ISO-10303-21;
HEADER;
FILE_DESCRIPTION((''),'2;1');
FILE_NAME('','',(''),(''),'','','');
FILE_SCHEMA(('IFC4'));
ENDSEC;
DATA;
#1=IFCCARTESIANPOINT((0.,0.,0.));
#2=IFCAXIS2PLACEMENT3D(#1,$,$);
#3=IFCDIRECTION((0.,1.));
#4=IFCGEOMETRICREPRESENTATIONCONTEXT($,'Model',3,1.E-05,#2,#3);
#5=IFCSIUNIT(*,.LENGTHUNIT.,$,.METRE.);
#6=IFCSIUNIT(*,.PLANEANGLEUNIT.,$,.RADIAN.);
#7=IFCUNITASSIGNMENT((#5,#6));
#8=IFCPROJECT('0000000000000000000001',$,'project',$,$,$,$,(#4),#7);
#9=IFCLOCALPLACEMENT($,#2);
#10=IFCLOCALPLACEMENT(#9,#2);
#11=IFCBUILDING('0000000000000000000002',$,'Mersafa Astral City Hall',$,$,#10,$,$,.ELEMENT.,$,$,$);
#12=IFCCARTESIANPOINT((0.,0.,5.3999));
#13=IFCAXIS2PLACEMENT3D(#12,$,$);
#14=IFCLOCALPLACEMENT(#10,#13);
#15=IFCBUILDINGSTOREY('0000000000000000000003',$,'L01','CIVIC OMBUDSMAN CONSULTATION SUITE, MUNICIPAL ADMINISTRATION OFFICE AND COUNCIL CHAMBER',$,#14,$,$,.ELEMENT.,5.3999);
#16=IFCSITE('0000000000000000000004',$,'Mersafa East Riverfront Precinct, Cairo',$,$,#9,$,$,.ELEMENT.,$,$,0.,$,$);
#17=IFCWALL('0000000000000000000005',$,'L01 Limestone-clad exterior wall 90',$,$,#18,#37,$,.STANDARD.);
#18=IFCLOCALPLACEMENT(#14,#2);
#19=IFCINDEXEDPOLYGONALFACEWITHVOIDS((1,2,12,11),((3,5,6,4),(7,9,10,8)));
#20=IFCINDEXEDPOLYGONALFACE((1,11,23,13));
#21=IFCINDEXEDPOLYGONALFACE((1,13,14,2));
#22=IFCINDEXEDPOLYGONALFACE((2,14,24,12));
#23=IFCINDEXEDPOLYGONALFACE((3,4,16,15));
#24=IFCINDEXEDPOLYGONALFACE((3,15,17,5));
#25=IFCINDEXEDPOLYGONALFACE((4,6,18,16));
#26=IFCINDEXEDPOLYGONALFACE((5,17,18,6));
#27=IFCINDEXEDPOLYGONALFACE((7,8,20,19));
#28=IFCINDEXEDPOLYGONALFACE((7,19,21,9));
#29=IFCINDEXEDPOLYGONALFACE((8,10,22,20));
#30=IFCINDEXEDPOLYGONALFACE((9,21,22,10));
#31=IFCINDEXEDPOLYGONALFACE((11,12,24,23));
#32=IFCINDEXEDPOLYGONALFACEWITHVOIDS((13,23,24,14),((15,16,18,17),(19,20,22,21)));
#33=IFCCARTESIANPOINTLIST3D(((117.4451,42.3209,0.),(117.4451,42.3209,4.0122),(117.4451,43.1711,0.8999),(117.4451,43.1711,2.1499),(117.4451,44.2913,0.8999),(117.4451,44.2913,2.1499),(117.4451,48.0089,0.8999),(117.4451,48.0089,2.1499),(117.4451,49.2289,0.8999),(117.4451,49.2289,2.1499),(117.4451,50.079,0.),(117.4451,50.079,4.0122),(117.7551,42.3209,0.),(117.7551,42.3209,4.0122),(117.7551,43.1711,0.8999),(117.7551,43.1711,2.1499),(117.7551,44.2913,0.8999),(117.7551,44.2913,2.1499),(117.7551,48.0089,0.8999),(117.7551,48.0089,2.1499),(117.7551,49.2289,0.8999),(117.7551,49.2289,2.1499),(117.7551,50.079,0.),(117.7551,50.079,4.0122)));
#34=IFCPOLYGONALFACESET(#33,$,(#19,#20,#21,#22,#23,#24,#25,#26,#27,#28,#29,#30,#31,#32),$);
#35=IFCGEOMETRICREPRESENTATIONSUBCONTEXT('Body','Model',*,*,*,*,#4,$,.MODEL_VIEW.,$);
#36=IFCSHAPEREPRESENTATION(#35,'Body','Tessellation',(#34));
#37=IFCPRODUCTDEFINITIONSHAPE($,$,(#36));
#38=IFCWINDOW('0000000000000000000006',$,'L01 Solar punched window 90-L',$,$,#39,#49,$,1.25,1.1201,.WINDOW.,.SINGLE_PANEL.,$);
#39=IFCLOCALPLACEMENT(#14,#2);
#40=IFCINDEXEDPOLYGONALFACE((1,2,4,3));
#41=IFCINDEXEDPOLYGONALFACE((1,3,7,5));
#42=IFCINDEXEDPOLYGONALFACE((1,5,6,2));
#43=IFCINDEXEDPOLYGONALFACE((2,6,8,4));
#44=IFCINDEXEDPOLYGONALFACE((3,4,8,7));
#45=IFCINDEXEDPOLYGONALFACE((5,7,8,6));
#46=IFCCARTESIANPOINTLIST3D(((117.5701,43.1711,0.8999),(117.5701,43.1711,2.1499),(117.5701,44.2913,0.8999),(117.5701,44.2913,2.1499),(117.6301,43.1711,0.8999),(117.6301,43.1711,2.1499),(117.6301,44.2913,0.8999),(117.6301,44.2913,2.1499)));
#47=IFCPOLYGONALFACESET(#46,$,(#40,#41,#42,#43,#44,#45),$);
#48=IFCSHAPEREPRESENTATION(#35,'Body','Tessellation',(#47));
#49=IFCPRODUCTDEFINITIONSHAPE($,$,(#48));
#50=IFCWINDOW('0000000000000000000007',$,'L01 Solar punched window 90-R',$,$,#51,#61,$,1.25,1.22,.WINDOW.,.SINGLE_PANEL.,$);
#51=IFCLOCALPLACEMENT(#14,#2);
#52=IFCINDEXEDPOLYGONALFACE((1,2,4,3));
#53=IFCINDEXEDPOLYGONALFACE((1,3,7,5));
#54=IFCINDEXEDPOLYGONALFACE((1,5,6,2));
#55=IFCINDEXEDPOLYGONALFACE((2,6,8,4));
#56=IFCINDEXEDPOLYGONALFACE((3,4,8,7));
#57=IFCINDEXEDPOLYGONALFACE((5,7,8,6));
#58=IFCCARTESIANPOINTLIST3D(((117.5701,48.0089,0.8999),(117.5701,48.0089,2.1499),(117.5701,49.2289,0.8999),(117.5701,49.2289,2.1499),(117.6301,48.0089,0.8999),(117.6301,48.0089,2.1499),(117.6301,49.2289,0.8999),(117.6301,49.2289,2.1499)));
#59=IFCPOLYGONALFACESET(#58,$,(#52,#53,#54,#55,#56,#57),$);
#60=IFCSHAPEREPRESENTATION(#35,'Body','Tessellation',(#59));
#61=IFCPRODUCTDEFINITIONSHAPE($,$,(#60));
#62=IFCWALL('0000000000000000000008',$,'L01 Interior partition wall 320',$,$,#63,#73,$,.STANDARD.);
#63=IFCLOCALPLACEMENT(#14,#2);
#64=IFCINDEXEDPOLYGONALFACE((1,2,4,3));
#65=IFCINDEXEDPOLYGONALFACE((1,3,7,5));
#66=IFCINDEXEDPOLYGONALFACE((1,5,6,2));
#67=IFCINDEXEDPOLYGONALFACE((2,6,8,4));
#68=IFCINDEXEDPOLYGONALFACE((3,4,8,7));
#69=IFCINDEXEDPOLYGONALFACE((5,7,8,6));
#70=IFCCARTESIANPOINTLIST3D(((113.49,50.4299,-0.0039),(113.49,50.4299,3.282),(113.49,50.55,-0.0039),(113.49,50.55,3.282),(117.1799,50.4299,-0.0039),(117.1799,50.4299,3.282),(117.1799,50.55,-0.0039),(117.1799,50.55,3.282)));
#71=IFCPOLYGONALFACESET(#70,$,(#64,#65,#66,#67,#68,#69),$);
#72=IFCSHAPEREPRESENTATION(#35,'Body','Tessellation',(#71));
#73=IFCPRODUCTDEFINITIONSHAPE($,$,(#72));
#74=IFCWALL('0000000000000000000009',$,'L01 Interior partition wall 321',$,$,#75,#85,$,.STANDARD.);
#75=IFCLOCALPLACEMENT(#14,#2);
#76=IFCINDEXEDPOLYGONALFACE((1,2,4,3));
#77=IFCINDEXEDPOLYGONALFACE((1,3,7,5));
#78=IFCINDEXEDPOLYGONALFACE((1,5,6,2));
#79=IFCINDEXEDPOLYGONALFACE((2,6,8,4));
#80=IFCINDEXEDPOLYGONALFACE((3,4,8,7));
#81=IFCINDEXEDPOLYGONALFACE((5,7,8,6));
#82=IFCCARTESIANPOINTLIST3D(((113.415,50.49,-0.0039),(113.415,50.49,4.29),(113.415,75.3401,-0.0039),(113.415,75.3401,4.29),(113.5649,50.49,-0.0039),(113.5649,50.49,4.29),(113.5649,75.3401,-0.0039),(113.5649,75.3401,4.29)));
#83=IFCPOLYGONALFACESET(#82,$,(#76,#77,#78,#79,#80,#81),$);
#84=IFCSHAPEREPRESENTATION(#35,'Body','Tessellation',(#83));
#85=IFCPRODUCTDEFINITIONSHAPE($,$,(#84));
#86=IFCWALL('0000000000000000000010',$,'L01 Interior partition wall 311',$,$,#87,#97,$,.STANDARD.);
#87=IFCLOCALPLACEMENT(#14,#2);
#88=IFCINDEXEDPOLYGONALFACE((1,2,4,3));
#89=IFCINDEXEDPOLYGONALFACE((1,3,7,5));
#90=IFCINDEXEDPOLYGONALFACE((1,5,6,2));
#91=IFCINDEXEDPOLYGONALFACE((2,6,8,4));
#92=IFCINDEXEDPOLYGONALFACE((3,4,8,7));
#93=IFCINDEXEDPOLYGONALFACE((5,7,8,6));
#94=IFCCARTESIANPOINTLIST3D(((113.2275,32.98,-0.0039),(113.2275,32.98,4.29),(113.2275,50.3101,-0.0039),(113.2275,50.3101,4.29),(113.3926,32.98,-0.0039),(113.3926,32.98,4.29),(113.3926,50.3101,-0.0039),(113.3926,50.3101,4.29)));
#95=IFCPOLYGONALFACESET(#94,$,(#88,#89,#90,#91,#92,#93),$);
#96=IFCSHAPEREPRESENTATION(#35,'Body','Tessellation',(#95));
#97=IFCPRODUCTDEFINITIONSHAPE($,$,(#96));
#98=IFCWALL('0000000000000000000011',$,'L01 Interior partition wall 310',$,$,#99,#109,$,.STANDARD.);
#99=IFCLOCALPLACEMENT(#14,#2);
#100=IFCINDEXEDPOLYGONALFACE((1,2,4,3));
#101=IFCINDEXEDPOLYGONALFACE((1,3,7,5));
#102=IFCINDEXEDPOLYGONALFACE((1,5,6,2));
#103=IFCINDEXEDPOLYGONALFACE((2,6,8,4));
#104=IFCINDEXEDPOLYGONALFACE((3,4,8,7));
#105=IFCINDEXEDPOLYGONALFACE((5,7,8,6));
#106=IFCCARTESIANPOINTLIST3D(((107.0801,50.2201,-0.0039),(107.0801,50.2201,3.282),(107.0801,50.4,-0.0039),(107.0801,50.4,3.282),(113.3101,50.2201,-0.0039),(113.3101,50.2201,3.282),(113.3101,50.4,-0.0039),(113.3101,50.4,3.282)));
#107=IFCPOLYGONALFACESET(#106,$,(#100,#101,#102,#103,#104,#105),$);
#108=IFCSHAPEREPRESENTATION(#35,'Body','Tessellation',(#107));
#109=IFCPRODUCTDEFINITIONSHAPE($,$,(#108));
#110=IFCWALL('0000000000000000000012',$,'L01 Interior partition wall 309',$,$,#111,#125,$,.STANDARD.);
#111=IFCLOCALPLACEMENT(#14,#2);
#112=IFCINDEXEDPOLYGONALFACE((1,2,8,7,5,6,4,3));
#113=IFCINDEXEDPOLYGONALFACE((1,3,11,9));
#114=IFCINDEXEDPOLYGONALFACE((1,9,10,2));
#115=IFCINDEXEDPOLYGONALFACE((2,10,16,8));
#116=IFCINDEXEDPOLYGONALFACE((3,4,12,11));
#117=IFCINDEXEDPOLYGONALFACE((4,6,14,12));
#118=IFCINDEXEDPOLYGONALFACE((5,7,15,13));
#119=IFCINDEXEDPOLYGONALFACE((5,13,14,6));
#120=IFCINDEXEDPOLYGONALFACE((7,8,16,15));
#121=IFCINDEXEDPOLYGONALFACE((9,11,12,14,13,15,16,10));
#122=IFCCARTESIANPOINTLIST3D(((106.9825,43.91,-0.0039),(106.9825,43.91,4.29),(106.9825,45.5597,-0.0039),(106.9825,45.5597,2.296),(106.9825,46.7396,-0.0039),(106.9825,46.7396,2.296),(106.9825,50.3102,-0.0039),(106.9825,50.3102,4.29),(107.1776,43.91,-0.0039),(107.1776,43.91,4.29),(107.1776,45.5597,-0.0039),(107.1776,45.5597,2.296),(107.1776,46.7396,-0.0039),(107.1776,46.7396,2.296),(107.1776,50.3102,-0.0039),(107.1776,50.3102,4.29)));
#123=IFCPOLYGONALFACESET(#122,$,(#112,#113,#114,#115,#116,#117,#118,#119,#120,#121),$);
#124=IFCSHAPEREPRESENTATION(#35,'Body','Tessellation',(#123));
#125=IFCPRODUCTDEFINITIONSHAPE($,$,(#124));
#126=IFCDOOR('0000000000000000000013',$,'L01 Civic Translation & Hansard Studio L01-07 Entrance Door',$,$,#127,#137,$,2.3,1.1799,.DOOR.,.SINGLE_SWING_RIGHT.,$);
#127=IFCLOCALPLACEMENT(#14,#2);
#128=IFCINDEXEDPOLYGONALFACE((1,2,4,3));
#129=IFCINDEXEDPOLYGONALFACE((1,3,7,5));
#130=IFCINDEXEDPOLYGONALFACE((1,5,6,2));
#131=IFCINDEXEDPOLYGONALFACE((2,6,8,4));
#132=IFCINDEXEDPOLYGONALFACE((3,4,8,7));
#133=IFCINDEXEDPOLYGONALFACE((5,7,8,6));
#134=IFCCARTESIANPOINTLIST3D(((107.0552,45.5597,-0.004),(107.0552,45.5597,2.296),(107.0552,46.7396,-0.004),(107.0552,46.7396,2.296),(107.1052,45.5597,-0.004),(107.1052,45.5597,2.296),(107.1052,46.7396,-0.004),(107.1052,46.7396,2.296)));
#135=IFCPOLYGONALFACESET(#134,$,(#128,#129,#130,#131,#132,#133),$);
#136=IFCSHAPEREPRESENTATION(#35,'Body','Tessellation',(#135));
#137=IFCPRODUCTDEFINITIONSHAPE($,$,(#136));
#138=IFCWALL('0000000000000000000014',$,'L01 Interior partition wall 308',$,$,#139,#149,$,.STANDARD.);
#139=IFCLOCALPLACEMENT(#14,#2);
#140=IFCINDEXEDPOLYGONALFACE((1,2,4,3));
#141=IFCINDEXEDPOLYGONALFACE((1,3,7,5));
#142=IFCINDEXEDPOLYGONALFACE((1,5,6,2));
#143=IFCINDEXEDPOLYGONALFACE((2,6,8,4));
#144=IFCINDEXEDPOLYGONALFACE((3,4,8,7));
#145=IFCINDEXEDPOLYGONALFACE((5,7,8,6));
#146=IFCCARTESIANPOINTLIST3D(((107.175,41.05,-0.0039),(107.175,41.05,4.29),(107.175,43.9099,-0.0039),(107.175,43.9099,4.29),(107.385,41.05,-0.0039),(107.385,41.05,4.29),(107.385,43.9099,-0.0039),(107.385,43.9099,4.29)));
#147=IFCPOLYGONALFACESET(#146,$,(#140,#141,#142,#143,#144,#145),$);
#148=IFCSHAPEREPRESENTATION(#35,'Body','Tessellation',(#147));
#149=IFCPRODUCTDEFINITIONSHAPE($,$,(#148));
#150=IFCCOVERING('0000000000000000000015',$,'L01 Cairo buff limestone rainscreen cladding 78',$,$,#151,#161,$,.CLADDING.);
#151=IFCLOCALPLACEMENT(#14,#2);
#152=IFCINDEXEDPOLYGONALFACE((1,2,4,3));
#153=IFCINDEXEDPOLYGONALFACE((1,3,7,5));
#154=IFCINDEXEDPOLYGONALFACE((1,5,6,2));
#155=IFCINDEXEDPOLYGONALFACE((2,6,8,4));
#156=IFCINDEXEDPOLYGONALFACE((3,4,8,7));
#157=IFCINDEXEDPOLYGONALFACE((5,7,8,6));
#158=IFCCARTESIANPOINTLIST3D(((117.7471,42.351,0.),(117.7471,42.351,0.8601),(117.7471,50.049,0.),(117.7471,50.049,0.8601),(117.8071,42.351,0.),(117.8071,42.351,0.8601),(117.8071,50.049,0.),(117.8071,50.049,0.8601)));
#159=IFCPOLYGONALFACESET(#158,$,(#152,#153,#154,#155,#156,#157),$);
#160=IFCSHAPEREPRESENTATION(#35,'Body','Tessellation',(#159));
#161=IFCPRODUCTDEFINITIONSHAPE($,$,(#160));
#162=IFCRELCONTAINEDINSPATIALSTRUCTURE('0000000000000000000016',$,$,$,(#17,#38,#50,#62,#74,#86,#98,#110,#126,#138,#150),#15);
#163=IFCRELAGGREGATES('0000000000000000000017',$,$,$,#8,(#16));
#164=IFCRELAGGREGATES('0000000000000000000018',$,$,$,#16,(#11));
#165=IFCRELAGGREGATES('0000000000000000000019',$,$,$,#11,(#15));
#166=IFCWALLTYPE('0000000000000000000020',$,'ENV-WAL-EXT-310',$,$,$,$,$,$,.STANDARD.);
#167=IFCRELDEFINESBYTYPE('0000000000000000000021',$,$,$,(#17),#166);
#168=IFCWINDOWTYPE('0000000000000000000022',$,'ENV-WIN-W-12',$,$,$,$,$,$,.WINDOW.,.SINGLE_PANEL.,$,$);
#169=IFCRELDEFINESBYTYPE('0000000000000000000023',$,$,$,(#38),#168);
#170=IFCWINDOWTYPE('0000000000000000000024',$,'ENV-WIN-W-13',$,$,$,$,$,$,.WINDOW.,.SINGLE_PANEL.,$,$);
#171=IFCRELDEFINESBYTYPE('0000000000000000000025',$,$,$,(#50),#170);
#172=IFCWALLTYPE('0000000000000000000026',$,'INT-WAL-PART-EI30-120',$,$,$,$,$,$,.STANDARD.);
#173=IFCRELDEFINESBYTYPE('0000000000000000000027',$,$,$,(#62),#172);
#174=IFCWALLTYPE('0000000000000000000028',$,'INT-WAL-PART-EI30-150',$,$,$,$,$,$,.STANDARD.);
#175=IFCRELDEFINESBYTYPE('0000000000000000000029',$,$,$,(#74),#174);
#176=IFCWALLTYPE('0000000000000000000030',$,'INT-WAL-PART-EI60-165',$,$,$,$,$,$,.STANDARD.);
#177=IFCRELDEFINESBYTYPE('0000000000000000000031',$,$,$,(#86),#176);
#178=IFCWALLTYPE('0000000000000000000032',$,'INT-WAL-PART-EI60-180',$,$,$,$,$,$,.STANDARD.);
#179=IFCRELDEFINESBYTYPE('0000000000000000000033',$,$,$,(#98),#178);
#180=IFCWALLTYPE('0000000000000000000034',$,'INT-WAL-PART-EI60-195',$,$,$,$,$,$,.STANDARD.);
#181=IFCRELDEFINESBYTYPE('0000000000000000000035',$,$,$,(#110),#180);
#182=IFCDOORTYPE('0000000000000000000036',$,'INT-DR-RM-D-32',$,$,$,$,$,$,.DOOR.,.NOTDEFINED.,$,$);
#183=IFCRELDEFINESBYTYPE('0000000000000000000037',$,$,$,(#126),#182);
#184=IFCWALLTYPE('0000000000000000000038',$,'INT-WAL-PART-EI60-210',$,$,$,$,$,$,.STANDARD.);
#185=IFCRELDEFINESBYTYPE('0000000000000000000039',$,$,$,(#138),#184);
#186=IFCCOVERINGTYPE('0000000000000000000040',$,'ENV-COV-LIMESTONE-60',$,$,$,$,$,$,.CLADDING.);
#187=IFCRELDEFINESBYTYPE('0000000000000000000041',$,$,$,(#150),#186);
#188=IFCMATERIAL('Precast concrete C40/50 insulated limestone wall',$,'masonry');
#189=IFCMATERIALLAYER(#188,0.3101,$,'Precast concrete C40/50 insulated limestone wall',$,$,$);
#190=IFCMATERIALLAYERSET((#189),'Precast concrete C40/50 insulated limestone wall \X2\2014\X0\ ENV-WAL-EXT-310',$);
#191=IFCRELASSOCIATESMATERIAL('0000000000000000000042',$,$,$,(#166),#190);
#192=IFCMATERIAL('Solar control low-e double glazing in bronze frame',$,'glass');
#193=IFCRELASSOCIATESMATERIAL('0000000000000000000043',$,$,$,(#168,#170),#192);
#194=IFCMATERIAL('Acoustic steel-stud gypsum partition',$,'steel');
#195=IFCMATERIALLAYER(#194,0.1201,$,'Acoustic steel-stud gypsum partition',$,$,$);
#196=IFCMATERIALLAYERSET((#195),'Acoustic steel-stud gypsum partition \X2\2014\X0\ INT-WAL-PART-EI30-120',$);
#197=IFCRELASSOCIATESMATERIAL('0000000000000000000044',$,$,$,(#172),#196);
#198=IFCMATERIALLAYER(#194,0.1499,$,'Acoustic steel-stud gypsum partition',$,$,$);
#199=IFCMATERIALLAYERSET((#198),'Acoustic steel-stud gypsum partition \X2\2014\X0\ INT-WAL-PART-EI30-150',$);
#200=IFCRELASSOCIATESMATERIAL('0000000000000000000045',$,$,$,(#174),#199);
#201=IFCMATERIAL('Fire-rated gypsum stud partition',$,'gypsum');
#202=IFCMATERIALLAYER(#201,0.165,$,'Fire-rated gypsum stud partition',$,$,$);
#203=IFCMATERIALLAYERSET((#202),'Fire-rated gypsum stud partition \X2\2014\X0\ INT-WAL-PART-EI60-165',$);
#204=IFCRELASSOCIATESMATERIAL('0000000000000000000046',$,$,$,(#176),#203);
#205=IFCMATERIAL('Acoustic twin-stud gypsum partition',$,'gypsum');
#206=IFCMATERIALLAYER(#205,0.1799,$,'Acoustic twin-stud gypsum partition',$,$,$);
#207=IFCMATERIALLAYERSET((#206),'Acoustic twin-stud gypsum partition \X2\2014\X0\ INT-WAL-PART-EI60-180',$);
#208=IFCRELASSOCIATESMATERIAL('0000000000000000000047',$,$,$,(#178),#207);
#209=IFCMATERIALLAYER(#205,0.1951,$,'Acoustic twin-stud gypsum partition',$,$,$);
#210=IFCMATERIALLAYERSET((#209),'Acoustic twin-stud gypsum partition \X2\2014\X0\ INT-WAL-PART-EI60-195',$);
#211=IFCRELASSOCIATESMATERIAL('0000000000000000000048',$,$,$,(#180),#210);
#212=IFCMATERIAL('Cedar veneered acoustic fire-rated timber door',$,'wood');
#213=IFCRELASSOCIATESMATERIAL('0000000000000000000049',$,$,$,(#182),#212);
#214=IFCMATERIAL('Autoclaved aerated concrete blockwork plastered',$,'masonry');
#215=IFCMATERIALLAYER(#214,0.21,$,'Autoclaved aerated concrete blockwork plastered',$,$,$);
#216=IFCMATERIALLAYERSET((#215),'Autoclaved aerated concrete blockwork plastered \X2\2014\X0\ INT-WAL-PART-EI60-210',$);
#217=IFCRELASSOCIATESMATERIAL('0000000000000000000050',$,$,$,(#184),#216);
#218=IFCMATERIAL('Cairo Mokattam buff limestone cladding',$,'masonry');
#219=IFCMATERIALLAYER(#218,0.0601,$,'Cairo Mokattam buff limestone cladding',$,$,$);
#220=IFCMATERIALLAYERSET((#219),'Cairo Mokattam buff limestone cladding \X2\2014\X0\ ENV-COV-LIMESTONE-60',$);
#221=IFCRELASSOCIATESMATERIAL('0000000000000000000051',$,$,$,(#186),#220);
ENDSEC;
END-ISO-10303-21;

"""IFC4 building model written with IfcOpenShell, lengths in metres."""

from ifc_helpers import new_model, si_unit, direction, frame, frame_2d, origin, origin_2d, place, context, subcontext, project, spatial, rectangle, extrude, material, layer, layer_set, type_object, element, fill, save


model = new_model("IFC4")

# Units and contexts
model_context = context("Model", 3, precision=1e-05, world=origin(), true_north=direction((0.0, 1.0)))
body_context = subcontext(model_context, "Body", "Model", "MODEL_VIEW")
ifc_project = project(units=[si_unit("LENGTHUNIT", "METRE"), si_unit("PLANEANGLEUNIT", "RADIAN")], contexts=[model_context])

# Site, building, storey
site_placement = place(None, origin())
site = spatial("IfcSite", under=ifc_project, at=site_placement, Name="Mersafa East Riverfront Precinct, Cairo", CompositionType="ELEMENT", RefElevation=0.0)
building_placement = place(site_placement, origin())
building = spatial("IfcBuilding", under=site, at=building_placement, Name="Mersafa Astral City Hall", CompositionType="ELEMENT")
storey_placement = place(building_placement, frame((0.0, 0.0, 5.3999)))
storey = spatial("IfcBuildingStorey", under=building, at=storey_placement, Name="L01", Description="CIVIC OMBUDSMAN CONSULTATION SUITE, MUNICIPAL ADMINISTRATION OFFICE AND COUNCIL CHAMBER", CompositionType="ELEMENT", Elevation=5.3999)

# Wall, openings, windows
ifc_material_1 = material(Name="Precast concrete C40/50 insulated limestone wall", Category="masonry")
ifc_layer_1 = layer(ifc_material_1, 0.3101, Name="Precast concrete C40/50 insulated limestone wall")
ifc_layer_set_1 = layer_set([ifc_layer_1], Name="Precast concrete C40/50 insulated limestone wall — ENV-WAL-EXT-310")
wall_type_1 = type_object("IfcWallType", Name="ENV-WAL-EXT-310", PredefinedType="STANDARD", material=ifc_layer_set_1)
wall_1_placement = place(storey_placement, frame((117.6001, 42.321, 0.0), z_axis=(0.0, 0.0, 1.0), x_axis=(0.0, 1.0, 0.0)))
wall_1 = element("IfcWall", 1, at=wall_1_placement, inside=storey, type_object=wall_type_1, Name="L01 Limestone-clad exterior wall 90", PredefinedType="STANDARD", context=body_context, shape_type="SweptSolid", body=[
    extrude(rectangle(XDim=7.7581, YDim=0.3101, at=frame_2d((3.8789, 0.0))), origin(), (0.0, 0.0, 1.0), 4.0122),
])
opening_1_placement = place(wall_1_placement, frame((0.8501, 0.0, 0.8999)))
opening_1 = element("IfcOpeningElement", 2, at=opening_1_placement, cuts=wall_1, PredefinedType="OPENING", context=body_context, shape_type="SweptSolid", body=[
    extrude(rectangle(XDim=1.1201, YDim=1.25, at=frame_2d((0.5601, 0.625))), frame((0.0, 0.165, 0.0), z_axis=(0.0, -1.0, 0.0), x_axis=(1.0, 0.0, 0.0)), (0.0, 0.0, 1.0), 0.3301),
])
opening_2_placement = place(wall_1_placement, frame((5.688, 0.0, 0.8999)))
opening_2 = element("IfcOpeningElement", 3, at=opening_2_placement, cuts=wall_1, PredefinedType="OPENING", context=body_context, shape_type="SweptSolid", body=[
    extrude(rectangle(XDim=1.22, YDim=1.25, at=frame_2d((0.6099, 0.625))), frame((0.0, 0.165, 0.0), z_axis=(0.0, -1.0, 0.0), x_axis=(1.0, 0.0, 0.0)), (0.0, 0.0, 1.0), 0.3301),
])
ifc_material_2 = material(Name="Solar control low-e double glazing in bronze frame", Category="glass")
window_type_1 = type_object("IfcWindowType", Name="ENV-WIN-W-12", PartitioningType="SINGLE_PANEL", PredefinedType="WINDOW", material=ifc_material_2)
window_1_placement = place(opening_1_placement, origin())
window_1 = element("IfcWindow", 4, at=window_1_placement, inside=storey, type_object=window_type_1, Name="L01 Solar punched window 90-L", OverallHeight=1.25, OverallWidth=1.1201, PartitioningType="SINGLE_PANEL", PredefinedType="WINDOW", context=body_context, shape_type="SweptSolid", body=[
    extrude(rectangle(XDim=1.1201, YDim=1.25, at=frame_2d((0.5601, 0.625))), frame((0.0, 0.03, 0.0), z_axis=(0.0, -1.0, 0.0), x_axis=(1.0, 0.0, 0.0)), (0.0, 0.0, 1.0), 0.0601),
])
fill(opening_1, window_1)
window_type_2 = type_object("IfcWindowType", Name="ENV-WIN-W-13", PartitioningType="SINGLE_PANEL", PredefinedType="WINDOW", material=ifc_material_2)
window_2_placement = place(opening_2_placement, origin())
window_2 = element("IfcWindow", 5, at=window_2_placement, inside=storey, type_object=window_type_2, Name="L01 Solar punched window 90-R", OverallHeight=1.25, OverallWidth=1.22, PartitioningType="SINGLE_PANEL", PredefinedType="WINDOW", context=body_context, shape_type="SweptSolid", body=[
    extrude(rectangle(XDim=1.22, YDim=1.25, at=frame_2d((0.6099, 0.625))), frame((0.0, 0.03, 0.0), z_axis=(0.0, -1.0, 0.0), x_axis=(1.0, 0.0, 0.0)), (0.0, 0.0, 1.0), 0.0601),
])
fill(opening_2, window_2)

# Walls
ifc_material_3 = material(Name="Acoustic steel-stud gypsum partition", Category="steel")
ifc_layer_2 = layer(ifc_material_3, 0.1201, Name="Acoustic steel-stud gypsum partition")
ifc_layer_set_2 = layer_set([ifc_layer_2], Name="Acoustic steel-stud gypsum partition — INT-WAL-PART-EI30-120")
wall_type_2 = type_object("IfcWallType", Name="INT-WAL-PART-EI30-120", PredefinedType="STANDARD", material=ifc_layer_set_2)
wall_2_placement = place(storey_placement, frame((117.1799, 50.49, -0.0039), z_axis=(0.0, 0.0, 1.0), x_axis=(-1.0, 0.0, 0.0)))
element("IfcWall", 6, at=wall_2_placement, inside=storey, type_object=wall_type_2, Name="L01 Interior partition wall 320", PredefinedType="STANDARD", context=body_context, shape_type="SweptSolid", body=[
    extrude(rectangle(XDim=3.6899, YDim=0.1201, at=frame_2d((1.845, 0.0))), origin(), (0.0, 0.0, 1.0), 3.2859),
])
ifc_layer_3 = layer(ifc_material_3, 0.1499, Name="Acoustic steel-stud gypsum partition")
ifc_layer_set_3 = layer_set([ifc_layer_3], Name="Acoustic steel-stud gypsum partition — INT-WAL-PART-EI30-150")
wall_type_3 = type_object("IfcWallType", Name="INT-WAL-PART-EI30-150", PredefinedType="STANDARD", material=ifc_layer_set_3)
wall_3_placement = place(storey_placement, frame((113.49, 50.49, -0.0039), z_axis=(0.0, 0.0, 1.0), x_axis=(0.0, 1.0, 0.0)))
element("IfcWall", 7, at=wall_3_placement, inside=storey, type_object=wall_type_3, Name="L01 Interior partition wall 321", PredefinedType="STANDARD", context=body_context, shape_type="SweptSolid", body=[
    extrude(rectangle(XDim=24.8501, YDim=0.1499, at=frame_2d((12.425, 0.0))), origin(), (0.0, 0.0, 1.0), 4.2939),
])
ifc_material_4 = material(Name="Fire-rated gypsum stud partition", Category="gypsum")
ifc_layer_4 = layer(ifc_material_4, 0.165, Name="Fire-rated gypsum stud partition")
ifc_layer_set_4 = layer_set([ifc_layer_4], Name="Fire-rated gypsum stud partition — INT-WAL-PART-EI60-165")
wall_type_4 = type_object("IfcWallType", Name="INT-WAL-PART-EI60-165", PredefinedType="STANDARD", material=ifc_layer_set_4)
wall_4_placement = place(storey_placement, frame((113.3101, 50.3101, -0.0039), z_axis=(0.0, 0.0, 1.0), x_axis=(0.0, -1.0, 0.0)))
element("IfcWall", 8, at=wall_4_placement, inside=storey, type_object=wall_type_4, Name="L01 Interior partition wall 311", PredefinedType="STANDARD", context=body_context, shape_type="SweptSolid", body=[
    extrude(rectangle(XDim=17.3301, YDim=0.165, at=frame_2d((8.665, 0.0))), origin(), (0.0, 0.0, 1.0), 4.2939),
])
ifc_material_5 = material(Name="Acoustic twin-stud gypsum partition", Category="gypsum")
ifc_layer_5 = layer(ifc_material_5, 0.1799, Name="Acoustic twin-stud gypsum partition")
ifc_layer_set_5 = layer_set([ifc_layer_5], Name="Acoustic twin-stud gypsum partition — INT-WAL-PART-EI60-180")
wall_type_5 = type_object("IfcWallType", Name="INT-WAL-PART-EI60-180", PredefinedType="STANDARD", material=ifc_layer_set_5)
wall_5_placement = place(storey_placement, frame((107.0801, 50.3101, -0.0039), z_axis=(0.0, 0.0, 1.0), x_axis=(1.0, 0.0, 0.0)))
element("IfcWall", 9, at=wall_5_placement, inside=storey, type_object=wall_type_5, Name="L01 Interior partition wall 310", PredefinedType="STANDARD", context=body_context, shape_type="SweptSolid", body=[
    extrude(rectangle(XDim=6.23, YDim=0.1799, at=frame_2d((3.115, 0.0))), origin(), (0.0, 0.0, 1.0), 3.2859),
])

# Wall, opening, door
ifc_layer_6 = layer(ifc_material_5, 0.1951, Name="Acoustic twin-stud gypsum partition")
ifc_layer_set_6 = layer_set([ifc_layer_6], Name="Acoustic twin-stud gypsum partition — INT-WAL-PART-EI60-195")
wall_type_6 = type_object("IfcWallType", Name="INT-WAL-PART-EI60-195", PredefinedType="STANDARD", material=ifc_layer_set_6)
wall_6_placement = place(storey_placement, frame((107.0801, 43.9099, -0.0039), z_axis=(0.0, 0.0, 1.0), x_axis=(0.0, 1.0, 0.0)))
wall_6 = element("IfcWall", 10, at=wall_6_placement, inside=storey, type_object=wall_type_6, Name="L01 Interior partition wall 309", PredefinedType="STANDARD", context=body_context, shape_type="SweptSolid", body=[
    extrude(rectangle(XDim=6.4001, YDim=0.1951, at=frame_2d((3.2002, 0.0))), origin(), (0.0, 0.0, 1.0), 4.2939),
])
opening_3_placement = place(wall_6_placement, frame((1.6499, 0.0, 0.0)))
opening_3 = element("IfcOpeningElement", 11, at=opening_3_placement, cuts=wall_6, PredefinedType="OPENING", context=body_context, shape_type="SweptSolid", body=[
    extrude(rectangle(XDim=1.1799, YDim=2.3, at=frame_2d((0.5898, 1.1499))), frame((0.0, 0.1074, 0.0), z_axis=(0.0, -1.0, 0.0), x_axis=(1.0, 0.0, 0.0)), (0.0, 0.0, 1.0), 0.2151),
])
ifc_material_6 = material(Name="Cedar veneered acoustic fire-rated timber door", Category="wood")
door_type = type_object("IfcDoorType", Name="INT-DR-RM-D-32", OperationType="NOTDEFINED", PredefinedType="DOOR", material=ifc_material_6)
door_placement = place(opening_3_placement, origin())
door = element("IfcDoor", 12, at=door_placement, inside=storey, type_object=door_type, Name="L01 Civic Translation & Hansard Studio L01-07 Entrance Door", OperationType="SINGLE_SWING_RIGHT", OverallHeight=2.3, OverallWidth=1.1799, PredefinedType="DOOR", context=body_context, shape_type="SweptSolid", body=[
    extrude(rectangle(XDim=1.1799, YDim=2.3, at=frame_2d((0.5898, 1.1499))), frame((0.0, 0.0249, 0.0), z_axis=(0.0, -1.0, 0.0), x_axis=(1.0, 0.0, 0.0)), (0.0, 0.0, 1.0), 0.05),
])
fill(opening_3, door)

# Wall
ifc_material_7 = material(Name="Autoclaved aerated concrete blockwork plastered", Category="masonry")
ifc_layer_7 = layer(ifc_material_7, 0.21, Name="Autoclaved aerated concrete blockwork plastered")
ifc_layer_set_7 = layer_set([ifc_layer_7], Name="Autoclaved aerated concrete blockwork plastered — INT-WAL-PART-EI60-210")
wall_type_7 = type_object("IfcWallType", Name="INT-WAL-PART-EI60-210", PredefinedType="STANDARD", material=ifc_layer_set_7)
wall_7_placement = place(storey_placement, frame((107.28, 41.05, -0.0039), z_axis=(0.0, 0.0, 1.0), x_axis=(0.0, 1.0, 0.0)))
element("IfcWall", 13, at=wall_7_placement, inside=storey, type_object=wall_type_7, Name="L01 Interior partition wall 308", PredefinedType="STANDARD", context=body_context, shape_type="SweptSolid", body=[
    extrude(rectangle(XDim=2.8599, YDim=0.21, at=frame_2d((1.4299, 0.0))), origin(), (0.0, 0.0, 1.0), 4.2939),
])

# Covering
ifc_material_8 = material(Name="Cairo Mokattam buff limestone cladding", Category="masonry")
ifc_layer_8 = layer(ifc_material_8, 0.0601, Name="Cairo Mokattam buff limestone cladding")
ifc_layer_set_8 = layer_set([ifc_layer_8], Name="Cairo Mokattam buff limestone cladding — ENV-COV-LIMESTONE-60")
covering_type = type_object("IfcCoveringType", Name="ENV-COV-LIMESTONE-60", PredefinedType="CLADDING", material=ifc_layer_set_8)
covering_placement = place(storey_placement, frame((117.7771, 46.2, 0.0), z_axis=(0.0, 0.0, 1.0), x_axis=(0.0, 1.0, 0.0)))
element("IfcCovering", 14, at=covering_placement, inside=storey, type_object=covering_type, Name="L01 Cairo buff limestone rainscreen cladding 78", PredefinedType="CLADDING", context=body_context, shape_type="SweptSolid", body=[
    extrude(rectangle(XDim=7.698, YDim=0.0601, at=origin_2d()), origin(), (0.0, 0.0, 1.0), 0.8601),
])

save(model, "model.ifc")
